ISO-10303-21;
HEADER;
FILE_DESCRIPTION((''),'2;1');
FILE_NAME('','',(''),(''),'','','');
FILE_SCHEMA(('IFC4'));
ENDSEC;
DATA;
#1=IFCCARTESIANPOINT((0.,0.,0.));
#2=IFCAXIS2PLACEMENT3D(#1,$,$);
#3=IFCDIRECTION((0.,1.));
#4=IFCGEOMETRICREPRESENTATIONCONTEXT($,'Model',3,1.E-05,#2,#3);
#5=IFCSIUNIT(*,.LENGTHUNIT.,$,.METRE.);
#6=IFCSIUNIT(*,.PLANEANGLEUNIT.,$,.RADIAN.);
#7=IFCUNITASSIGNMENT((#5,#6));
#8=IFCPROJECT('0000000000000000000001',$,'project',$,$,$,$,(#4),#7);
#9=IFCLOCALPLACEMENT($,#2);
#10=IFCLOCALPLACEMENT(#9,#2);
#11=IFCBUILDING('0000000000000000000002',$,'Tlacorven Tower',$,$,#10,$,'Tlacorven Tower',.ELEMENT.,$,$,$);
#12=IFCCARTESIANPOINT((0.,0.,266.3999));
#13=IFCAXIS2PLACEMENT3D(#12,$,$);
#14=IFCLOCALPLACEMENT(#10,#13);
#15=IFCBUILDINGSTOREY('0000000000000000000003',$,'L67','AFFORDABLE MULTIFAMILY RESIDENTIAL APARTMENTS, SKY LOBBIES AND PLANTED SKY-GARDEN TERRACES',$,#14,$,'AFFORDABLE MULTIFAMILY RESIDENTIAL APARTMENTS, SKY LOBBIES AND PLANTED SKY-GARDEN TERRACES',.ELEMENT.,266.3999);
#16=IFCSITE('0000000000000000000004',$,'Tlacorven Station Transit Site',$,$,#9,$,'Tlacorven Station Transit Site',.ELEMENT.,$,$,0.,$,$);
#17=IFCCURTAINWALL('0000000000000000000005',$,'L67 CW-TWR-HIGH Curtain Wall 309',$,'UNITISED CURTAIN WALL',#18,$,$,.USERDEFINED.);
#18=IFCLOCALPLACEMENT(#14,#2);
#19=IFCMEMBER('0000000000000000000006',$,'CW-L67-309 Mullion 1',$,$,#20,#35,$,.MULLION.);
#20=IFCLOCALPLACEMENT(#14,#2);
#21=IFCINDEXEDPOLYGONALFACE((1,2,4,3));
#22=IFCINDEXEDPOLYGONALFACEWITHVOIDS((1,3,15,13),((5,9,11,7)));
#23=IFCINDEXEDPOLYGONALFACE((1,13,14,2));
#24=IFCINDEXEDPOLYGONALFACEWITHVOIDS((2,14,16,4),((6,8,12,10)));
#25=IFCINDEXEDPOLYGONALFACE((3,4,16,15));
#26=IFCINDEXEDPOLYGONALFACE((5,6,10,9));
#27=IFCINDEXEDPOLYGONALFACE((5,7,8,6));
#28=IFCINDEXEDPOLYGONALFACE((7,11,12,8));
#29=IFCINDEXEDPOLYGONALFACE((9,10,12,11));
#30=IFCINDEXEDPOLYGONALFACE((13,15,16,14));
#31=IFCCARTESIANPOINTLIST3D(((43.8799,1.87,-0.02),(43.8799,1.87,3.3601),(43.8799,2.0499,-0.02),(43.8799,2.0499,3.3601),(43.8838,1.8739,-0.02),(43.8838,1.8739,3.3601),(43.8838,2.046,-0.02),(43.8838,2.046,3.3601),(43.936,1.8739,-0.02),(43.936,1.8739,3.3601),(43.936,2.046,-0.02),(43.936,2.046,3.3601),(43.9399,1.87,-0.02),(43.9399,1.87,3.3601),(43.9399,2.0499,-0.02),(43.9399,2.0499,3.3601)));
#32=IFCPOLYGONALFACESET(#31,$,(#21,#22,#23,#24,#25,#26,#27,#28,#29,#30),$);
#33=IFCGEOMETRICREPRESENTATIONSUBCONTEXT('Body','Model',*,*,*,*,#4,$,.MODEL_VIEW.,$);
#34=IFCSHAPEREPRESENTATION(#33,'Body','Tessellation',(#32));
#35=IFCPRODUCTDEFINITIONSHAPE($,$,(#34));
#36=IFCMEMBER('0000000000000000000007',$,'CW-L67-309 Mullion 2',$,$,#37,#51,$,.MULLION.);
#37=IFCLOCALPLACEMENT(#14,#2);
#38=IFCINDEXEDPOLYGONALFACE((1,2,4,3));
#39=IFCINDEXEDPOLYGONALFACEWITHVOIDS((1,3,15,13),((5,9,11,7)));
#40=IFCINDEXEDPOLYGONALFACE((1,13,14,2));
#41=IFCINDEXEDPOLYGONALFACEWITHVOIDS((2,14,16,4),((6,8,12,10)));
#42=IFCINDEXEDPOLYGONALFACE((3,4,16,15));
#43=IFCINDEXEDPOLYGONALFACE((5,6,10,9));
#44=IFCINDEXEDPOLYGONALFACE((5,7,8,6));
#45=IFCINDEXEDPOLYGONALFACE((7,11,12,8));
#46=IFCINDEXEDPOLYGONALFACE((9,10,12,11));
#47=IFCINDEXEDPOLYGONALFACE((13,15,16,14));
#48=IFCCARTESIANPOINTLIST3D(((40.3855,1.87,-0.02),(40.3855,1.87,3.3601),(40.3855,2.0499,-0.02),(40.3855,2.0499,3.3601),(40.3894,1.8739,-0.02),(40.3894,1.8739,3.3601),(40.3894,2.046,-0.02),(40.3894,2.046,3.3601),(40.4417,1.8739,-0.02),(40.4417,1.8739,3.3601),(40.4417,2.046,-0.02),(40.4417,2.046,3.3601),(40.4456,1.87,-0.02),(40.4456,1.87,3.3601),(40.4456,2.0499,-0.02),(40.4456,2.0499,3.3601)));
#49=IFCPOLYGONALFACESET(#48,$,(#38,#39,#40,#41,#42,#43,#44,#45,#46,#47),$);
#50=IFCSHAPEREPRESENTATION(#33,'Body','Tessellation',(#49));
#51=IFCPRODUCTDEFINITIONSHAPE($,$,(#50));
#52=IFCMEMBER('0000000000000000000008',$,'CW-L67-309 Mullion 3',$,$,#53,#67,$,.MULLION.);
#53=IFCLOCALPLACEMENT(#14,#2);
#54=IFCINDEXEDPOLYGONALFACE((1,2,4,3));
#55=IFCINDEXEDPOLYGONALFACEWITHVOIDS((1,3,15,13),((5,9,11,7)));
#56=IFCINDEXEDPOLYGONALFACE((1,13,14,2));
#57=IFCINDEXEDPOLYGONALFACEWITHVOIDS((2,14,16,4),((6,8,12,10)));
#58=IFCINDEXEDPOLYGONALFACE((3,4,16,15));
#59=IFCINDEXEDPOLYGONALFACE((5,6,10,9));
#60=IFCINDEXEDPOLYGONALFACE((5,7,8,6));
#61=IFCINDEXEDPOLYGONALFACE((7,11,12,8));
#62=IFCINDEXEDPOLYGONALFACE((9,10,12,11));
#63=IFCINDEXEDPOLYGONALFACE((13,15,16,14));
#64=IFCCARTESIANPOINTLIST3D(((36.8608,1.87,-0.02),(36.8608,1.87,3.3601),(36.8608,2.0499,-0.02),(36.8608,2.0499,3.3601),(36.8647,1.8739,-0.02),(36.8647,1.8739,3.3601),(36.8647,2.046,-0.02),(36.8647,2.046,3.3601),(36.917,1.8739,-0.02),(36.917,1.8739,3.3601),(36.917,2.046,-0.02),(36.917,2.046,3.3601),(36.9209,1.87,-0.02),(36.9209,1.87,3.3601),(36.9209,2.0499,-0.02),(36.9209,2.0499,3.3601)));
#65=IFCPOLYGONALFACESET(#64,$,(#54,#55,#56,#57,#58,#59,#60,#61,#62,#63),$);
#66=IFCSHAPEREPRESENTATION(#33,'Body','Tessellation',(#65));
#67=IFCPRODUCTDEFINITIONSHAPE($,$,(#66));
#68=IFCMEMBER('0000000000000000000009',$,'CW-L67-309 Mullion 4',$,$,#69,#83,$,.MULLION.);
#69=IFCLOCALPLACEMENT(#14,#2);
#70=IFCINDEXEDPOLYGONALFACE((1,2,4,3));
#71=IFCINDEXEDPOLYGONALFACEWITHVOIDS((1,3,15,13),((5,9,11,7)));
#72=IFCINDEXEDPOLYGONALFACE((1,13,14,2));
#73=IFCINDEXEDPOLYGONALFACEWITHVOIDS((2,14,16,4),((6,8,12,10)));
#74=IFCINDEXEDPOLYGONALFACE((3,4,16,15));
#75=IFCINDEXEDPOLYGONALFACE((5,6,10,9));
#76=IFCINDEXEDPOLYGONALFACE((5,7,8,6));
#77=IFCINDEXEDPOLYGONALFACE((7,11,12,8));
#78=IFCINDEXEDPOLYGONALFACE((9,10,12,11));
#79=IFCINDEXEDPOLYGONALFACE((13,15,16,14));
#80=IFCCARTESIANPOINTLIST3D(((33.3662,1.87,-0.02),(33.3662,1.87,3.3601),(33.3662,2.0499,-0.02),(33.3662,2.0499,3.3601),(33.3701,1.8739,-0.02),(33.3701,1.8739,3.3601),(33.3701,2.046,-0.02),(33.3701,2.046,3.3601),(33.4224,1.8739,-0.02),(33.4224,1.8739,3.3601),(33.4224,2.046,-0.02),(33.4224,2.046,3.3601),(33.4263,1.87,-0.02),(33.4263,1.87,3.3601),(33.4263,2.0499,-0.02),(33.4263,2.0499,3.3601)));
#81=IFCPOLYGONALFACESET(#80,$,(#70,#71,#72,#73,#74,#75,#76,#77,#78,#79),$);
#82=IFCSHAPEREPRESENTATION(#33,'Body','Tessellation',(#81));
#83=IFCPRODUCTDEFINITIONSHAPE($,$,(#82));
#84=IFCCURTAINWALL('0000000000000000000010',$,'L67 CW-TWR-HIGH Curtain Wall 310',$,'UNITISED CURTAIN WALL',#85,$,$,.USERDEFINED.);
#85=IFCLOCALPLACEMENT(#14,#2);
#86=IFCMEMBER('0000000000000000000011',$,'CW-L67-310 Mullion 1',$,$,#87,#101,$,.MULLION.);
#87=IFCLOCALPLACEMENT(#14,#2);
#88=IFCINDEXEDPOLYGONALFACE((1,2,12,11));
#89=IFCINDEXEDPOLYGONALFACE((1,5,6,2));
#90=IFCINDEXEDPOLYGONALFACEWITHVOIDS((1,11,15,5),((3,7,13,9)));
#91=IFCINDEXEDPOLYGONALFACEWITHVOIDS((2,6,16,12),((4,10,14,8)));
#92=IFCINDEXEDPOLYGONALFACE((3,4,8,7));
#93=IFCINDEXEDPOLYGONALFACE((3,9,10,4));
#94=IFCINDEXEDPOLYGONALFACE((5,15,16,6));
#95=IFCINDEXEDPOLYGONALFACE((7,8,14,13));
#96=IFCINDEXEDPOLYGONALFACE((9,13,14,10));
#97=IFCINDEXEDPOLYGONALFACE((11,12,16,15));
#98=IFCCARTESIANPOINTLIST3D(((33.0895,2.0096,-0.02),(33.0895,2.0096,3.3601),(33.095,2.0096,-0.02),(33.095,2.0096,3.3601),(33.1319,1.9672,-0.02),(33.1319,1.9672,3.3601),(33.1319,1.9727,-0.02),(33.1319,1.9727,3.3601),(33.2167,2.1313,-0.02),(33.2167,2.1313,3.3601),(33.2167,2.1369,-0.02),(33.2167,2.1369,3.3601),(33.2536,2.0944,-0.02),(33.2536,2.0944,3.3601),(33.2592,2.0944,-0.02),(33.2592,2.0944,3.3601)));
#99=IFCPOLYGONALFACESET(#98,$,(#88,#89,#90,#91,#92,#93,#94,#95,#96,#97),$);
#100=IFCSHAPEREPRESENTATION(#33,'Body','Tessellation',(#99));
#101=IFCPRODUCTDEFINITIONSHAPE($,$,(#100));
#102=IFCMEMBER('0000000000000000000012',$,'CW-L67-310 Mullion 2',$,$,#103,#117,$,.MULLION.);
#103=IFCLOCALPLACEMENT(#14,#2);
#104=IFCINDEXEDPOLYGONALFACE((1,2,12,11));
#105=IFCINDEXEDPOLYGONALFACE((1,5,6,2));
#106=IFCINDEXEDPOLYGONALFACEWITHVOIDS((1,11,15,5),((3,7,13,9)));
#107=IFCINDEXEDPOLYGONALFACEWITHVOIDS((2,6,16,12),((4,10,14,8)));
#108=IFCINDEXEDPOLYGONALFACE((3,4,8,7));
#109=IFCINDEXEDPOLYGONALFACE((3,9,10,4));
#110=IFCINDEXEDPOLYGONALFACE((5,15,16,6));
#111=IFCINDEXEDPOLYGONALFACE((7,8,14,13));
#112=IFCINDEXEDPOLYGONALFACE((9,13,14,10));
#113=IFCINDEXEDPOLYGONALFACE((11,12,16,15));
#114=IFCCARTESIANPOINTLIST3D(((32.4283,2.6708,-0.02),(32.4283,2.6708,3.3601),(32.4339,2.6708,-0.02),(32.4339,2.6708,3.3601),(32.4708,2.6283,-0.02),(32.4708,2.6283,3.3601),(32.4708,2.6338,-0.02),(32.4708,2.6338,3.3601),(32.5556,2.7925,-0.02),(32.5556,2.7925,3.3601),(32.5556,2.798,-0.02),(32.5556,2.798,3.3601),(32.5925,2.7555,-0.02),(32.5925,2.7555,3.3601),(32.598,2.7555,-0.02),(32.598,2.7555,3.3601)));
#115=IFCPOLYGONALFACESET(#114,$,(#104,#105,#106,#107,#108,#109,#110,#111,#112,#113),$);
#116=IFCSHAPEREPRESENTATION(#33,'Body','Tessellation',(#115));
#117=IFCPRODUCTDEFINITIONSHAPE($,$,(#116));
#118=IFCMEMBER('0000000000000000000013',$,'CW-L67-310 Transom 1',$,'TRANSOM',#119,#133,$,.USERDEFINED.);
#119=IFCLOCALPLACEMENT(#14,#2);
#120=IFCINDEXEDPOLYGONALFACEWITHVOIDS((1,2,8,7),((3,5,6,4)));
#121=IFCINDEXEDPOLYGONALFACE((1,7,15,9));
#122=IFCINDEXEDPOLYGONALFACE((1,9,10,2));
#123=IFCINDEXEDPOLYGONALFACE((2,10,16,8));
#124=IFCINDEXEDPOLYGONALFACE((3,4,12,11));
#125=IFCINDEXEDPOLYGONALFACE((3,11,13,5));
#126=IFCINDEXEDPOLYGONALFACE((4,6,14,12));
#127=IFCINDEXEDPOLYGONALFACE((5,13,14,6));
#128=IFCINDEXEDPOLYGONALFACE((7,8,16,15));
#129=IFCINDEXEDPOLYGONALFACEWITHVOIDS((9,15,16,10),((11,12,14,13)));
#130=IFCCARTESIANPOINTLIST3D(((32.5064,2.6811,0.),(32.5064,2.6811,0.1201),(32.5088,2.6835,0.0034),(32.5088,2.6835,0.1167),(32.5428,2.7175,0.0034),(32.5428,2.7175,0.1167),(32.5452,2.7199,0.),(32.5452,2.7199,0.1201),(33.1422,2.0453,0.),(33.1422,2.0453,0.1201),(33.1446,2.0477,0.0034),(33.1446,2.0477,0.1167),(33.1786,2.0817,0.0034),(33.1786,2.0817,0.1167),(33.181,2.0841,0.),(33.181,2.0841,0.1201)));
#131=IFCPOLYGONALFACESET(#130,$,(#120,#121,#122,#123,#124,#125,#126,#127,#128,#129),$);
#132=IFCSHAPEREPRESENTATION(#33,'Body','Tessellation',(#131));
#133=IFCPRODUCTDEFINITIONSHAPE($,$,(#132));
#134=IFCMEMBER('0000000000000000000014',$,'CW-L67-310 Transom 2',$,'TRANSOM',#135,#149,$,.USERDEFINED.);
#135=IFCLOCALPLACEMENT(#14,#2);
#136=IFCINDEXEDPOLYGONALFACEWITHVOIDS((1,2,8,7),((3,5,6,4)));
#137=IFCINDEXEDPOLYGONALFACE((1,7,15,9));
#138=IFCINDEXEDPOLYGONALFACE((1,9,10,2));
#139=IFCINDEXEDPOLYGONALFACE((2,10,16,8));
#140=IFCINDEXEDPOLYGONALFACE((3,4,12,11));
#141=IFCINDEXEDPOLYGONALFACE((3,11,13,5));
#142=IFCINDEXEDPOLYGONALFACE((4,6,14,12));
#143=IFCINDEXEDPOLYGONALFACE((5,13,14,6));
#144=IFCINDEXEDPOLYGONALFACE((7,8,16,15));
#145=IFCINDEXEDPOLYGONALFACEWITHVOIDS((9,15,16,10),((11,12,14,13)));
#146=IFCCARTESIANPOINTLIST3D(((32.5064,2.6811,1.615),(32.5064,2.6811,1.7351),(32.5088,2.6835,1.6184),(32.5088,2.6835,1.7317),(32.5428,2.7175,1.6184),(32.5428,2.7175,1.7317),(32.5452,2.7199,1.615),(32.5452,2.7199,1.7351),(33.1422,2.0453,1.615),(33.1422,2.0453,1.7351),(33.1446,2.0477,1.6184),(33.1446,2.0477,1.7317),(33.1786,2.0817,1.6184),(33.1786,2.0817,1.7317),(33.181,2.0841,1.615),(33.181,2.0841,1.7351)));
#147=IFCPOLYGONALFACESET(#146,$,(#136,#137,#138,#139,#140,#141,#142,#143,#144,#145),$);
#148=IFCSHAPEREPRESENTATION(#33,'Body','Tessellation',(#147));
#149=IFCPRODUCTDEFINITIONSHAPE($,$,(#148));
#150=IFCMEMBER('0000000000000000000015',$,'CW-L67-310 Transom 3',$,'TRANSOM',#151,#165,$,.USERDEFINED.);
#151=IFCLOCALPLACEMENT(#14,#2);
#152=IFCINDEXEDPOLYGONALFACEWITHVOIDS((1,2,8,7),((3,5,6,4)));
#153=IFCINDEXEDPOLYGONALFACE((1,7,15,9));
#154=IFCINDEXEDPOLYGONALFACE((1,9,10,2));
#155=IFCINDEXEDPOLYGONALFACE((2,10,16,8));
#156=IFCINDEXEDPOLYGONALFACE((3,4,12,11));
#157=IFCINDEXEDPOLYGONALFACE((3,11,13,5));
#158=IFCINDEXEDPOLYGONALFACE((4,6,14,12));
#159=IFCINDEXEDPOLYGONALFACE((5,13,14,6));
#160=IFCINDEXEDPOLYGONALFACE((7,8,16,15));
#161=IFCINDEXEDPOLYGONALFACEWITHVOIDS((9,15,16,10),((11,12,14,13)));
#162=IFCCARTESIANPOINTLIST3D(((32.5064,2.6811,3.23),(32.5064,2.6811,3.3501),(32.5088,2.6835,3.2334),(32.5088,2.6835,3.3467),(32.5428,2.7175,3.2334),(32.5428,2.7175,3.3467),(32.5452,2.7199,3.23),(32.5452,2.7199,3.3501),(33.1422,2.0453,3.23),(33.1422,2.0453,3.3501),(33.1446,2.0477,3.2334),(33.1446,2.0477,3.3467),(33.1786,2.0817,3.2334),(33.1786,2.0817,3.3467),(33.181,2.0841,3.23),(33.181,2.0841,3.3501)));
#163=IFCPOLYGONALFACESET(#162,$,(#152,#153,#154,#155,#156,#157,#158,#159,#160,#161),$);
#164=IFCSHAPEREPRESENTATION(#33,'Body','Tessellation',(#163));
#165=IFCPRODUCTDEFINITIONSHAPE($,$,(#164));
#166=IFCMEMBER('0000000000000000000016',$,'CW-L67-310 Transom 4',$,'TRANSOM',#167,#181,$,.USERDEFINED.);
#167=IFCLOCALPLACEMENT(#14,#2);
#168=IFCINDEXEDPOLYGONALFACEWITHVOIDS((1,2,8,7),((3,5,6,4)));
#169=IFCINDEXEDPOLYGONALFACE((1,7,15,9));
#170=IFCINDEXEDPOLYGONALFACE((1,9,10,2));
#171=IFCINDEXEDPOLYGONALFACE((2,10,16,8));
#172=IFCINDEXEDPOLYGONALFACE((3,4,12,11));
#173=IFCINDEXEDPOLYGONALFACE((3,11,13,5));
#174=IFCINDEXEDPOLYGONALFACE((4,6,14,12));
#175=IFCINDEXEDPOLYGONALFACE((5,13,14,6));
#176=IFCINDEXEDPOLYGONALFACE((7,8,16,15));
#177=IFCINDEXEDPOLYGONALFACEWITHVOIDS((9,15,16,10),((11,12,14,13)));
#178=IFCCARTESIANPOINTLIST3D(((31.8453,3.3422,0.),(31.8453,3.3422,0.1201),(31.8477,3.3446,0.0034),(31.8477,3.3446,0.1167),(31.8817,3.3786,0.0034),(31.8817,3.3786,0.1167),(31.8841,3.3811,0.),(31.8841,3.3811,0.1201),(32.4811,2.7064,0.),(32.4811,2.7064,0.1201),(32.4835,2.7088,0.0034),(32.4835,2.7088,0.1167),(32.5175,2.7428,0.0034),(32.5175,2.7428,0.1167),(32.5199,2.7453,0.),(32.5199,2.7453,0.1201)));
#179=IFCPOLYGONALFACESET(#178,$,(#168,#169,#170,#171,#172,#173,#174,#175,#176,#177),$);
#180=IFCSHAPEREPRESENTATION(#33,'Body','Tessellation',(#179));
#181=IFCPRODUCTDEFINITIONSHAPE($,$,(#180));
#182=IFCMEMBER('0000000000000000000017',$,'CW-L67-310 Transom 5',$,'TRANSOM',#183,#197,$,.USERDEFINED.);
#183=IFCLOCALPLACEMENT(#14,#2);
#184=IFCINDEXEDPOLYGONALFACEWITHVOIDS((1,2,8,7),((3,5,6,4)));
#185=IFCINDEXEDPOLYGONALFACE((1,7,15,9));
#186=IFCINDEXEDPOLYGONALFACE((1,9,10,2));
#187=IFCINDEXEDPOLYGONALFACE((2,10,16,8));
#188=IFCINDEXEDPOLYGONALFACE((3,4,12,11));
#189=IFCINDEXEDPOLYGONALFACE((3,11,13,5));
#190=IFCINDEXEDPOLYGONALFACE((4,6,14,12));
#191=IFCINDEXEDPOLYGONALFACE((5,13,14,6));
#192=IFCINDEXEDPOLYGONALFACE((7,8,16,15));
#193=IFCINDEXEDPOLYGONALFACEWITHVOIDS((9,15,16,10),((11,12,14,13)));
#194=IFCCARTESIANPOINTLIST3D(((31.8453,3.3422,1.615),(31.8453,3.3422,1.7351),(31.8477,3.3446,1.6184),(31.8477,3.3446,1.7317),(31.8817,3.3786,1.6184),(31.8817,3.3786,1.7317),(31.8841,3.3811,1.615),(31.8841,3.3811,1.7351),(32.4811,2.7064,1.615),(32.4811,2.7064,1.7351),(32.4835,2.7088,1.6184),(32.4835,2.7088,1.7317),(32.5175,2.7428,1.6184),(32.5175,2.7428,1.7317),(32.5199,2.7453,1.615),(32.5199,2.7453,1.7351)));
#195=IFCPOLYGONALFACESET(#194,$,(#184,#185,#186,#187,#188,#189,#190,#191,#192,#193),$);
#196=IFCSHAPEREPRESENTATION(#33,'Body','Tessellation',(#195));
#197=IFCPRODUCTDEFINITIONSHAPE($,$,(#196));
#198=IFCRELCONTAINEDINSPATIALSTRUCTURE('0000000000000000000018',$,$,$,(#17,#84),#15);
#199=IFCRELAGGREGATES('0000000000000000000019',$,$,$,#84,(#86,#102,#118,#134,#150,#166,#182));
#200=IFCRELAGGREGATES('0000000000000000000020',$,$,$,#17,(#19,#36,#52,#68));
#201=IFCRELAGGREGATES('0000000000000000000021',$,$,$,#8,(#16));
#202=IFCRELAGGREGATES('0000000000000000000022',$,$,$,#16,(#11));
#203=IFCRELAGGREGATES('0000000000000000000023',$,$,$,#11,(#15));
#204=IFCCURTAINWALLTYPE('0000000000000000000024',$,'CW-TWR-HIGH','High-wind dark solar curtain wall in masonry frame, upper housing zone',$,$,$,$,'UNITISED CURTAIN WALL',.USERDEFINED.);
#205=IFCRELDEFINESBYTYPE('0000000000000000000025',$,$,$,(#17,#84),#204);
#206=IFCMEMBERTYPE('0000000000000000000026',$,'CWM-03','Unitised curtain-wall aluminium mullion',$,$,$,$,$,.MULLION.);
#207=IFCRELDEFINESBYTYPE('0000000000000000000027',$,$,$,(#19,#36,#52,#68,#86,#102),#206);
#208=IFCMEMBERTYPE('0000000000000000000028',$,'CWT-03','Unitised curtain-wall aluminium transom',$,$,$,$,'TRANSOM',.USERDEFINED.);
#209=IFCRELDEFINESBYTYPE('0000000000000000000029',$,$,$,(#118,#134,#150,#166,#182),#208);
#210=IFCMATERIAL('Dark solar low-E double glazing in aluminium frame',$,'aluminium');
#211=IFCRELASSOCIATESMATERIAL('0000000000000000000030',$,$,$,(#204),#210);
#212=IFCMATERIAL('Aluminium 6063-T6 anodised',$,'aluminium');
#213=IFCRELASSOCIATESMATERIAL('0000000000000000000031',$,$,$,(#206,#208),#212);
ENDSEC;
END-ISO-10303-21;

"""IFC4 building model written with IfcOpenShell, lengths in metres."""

from ifc_helpers import new_model, si_unit, direction, frame, origin, origin_2d, place, context, subcontext, project, spatial, hollow_rectangle, extrude, source, transform, mapped, material, material_profile, profile_set, type_object, element, aggregate, save


model = new_model("IFC4")

# Units and contexts
model_context = context("Model", 3, precision=1e-05, world=origin(), true_north=direction((0.0, 1.0)))
body_context = subcontext(model_context, "Body", "Model", "MODEL_VIEW")
ifc_project = project(units=[si_unit("LENGTHUNIT", "METRE"), si_unit("PLANEANGLEUNIT", "RADIAN")], contexts=[model_context])

# Site, building, storey
site_placement = place(None, origin())
site = spatial("IfcSite", under=ifc_project, at=site_placement, Name="Tlacorven Station Transit Site", LongName="Tlacorven Station Transit Site", CompositionType="ELEMENT", RefElevation=0.0)
building_placement = place(site_placement, origin())
building = spatial("IfcBuilding", under=site, at=building_placement, Name="Tlacorven Tower", LongName="Tlacorven Tower", CompositionType="ELEMENT")
storey_placement = place(building_placement, frame((0.0, 0.0, 266.3999)))
storey = spatial("IfcBuildingStorey", under=building, at=storey_placement, Name="L67", Description="AFFORDABLE MULTIFAMILY RESIDENTIAL APARTMENTS, SKY LOBBIES AND PLANTED SKY-GARDEN TERRACES", LongName="AFFORDABLE MULTIFAMILY RESIDENTIAL APARTMENTS, SKY LOBBIES AND PLANTED SKY-GARDEN TERRACES", CompositionType="ELEMENT", Elevation=266.3999)

# Curtain walls, members
ifc_material_1 = material(Name="Dark solar low-E double glazing in aluminium frame", Category="aluminium")
curtain_wall_type = type_object("IfcCurtainWallType", Name="CW-TWR-HIGH", Description="High-wind dark solar curtain wall in masonry frame, upper housing zone", ElementType="UNITISED CURTAIN WALL", PredefinedType="USERDEFINED", material=ifc_material_1)
curtain_wall_1_placement = place(storey_placement, origin())
curtain_wall_1 = element("IfcCurtainWall", 1, at=curtain_wall_1_placement, inside=storey, type_object=curtain_wall_type, Name="L67 CW-TWR-HIGH Curtain Wall 309", ObjectType="UNITISED CURTAIN WALL", PredefinedType="USERDEFINED")
ifc_material_2 = material(Name="Aluminium 6063-T6 anodised", Category="aluminium")
ifc_material_profile_1 = material_profile(ifc_material_2, hollow_rectangle(XDim=0.0601, YDim=0.1799, WallThickness=0.0039, at=origin_2d()), Name="ALU MULLION 60X180")
ifc_profile_set_1 = profile_set([ifc_material_profile_1], Name="Aluminium 6063-T6 anodised")
member_type_1 = type_object("IfcMemberType", Name="CWM-03", Description="Unitised curtain-wall aluminium mullion", PredefinedType="MULLION", material=ifc_profile_set_1)
shared_shape_1 = source(origin(), body_context, "Body", "SweptSolid", [
    extrude(hollow_rectangle(XDim=0.0601, YDim=0.1799, WallThickness=0.0039, at=origin_2d()), origin(), (0.0, 0.0, 1.0), 3.3801),
])
member_1_placement = place(storey_placement, frame((43.9099, 1.96, -0.02), z_axis=(0.0, 0.0, 1.0), x_axis=(-1.0, 0.0, 0.0)))
member_1 = element("IfcMember", 2, at=member_1_placement, type_object=member_type_1, Name="CW-L67-309 Mullion 1", PredefinedType="MULLION", context=body_context, shape_type="MappedRepresentation", body=[
    mapped(shared_shape_1, transform((0.0, 0.0, 0.0), scale=1.0)),
])
member_2_placement = place(storey_placement, frame((40.4155, 1.96, -0.02), z_axis=(0.0, 0.0, 1.0), x_axis=(-1.0, 0.0, 0.0)))
member_2 = element("IfcMember", 3, at=member_2_placement, type_object=member_type_1, Name="CW-L67-309 Mullion 2", PredefinedType="MULLION", context=body_context, shape_type="MappedRepresentation", body=[
    mapped(shared_shape_1, transform((0.0, 0.0, 0.0), scale=1.0)),
])
member_3_placement = place(storey_placement, frame((36.8909, 1.96, -0.02), z_axis=(0.0, 0.0, 1.0), x_axis=(-1.0, 0.0, 0.0)))
member_3 = element("IfcMember", 4, at=member_3_placement, type_object=member_type_1, Name="CW-L67-309 Mullion 3", PredefinedType="MULLION", context=body_context, shape_type="MappedRepresentation", body=[
    mapped(shared_shape_1, transform((0.0, 0.0, 0.0), scale=1.0)),
])
member_4_placement = place(storey_placement, frame((33.3962, 1.96, -0.02), z_axis=(0.0, 0.0, 1.0), x_axis=(-1.0, 0.0, 0.0)))
member_4 = element("IfcMember", 5, at=member_4_placement, type_object=member_type_1, Name="CW-L67-309 Mullion 4", PredefinedType="MULLION", context=body_context, shape_type="MappedRepresentation", body=[
    mapped(shared_shape_1, transform((0.0, 0.0, 0.0), scale=1.0)),
])
curtain_wall_2_placement = place(storey_placement, origin())
curtain_wall_2 = element("IfcCurtainWall", 6, at=curtain_wall_2_placement, inside=storey, type_object=curtain_wall_type, Name="L67 CW-TWR-HIGH Curtain Wall 310", ObjectType="UNITISED CURTAIN WALL", PredefinedType="USERDEFINED")
member_5_placement = place(storey_placement, frame((33.1743, 2.052, -0.02), z_axis=(0.0, 0.0, 1.0), x_axis=(-0.707107, 0.707107, 0.0)))
member_5 = element("IfcMember", 7, at=member_5_placement, type_object=member_type_1, Name="CW-L67-310 Mullion 1", PredefinedType="MULLION", context=body_context, shape_type="MappedRepresentation", body=[
    mapped(shared_shape_1, transform((0.0, 0.0, 0.0), scale=1.0)),
])
member_6_placement = place(storey_placement, frame((32.5132, 2.7131, -0.02), z_axis=(0.0, 0.0, 1.0), x_axis=(-0.707107, 0.707107, 0.0)))
member_6 = element("IfcMember", 8, at=member_6_placement, type_object=member_type_1, Name="CW-L67-310 Mullion 2", PredefinedType="MULLION", context=body_context, shape_type="MappedRepresentation", body=[
    mapped(shared_shape_1, transform((0.0, 0.0, 0.0), scale=1.0)),
])
ifc_material_profile_2 = material_profile(ifc_material_2, hollow_rectangle(XDim=0.0549, YDim=0.1201, WallThickness=0.0034, at=origin_2d()), Name="ALU TRANSOM 55X120")
ifc_profile_set_2 = profile_set([ifc_material_profile_2], Name="Aluminium 6063-T6 anodised")
member_type_2 = type_object("IfcMemberType", Name="CWT-03", Description="Unitised curtain-wall aluminium transom", ElementType="TRANSOM", PredefinedType="USERDEFINED", material=ifc_profile_set_2)
shared_shape_2 = source(origin(), body_context, "Body", "SweptSolid", [
    extrude(hollow_rectangle(XDim=0.0549, YDim=0.1201, WallThickness=0.0034, at=origin_2d()), origin(), (0.0, 0.0, 1.0), 0.8992),
])
member_7_placement = place(storey_placement, frame((33.1616, 2.0647, 0.0601), z_axis=(-0.707107, 0.707107, 0.0), x_axis=(-0.707107, -0.707107, 0.0)))
member_7 = element("IfcMember", 9, at=member_7_placement, type_object=member_type_2, Name="CW-L67-310 Transom 1", ObjectType="TRANSOM", PredefinedType="USERDEFINED", context=body_context, shape_type="MappedRepresentation", body=[
    mapped(shared_shape_2, transform((0.0, 0.0, 0.0), scale=1.0)),
])
member_8_placement = place(storey_placement, frame((33.1616, 2.0647, 1.675), z_axis=(-0.707107, 0.707107, 0.0), x_axis=(-0.707107, -0.707107, 0.0)))
member_8 = element("IfcMember", 10, at=member_8_placement, type_object=member_type_2, Name="CW-L67-310 Transom 2", ObjectType="TRANSOM", PredefinedType="USERDEFINED", context=body_context, shape_type="MappedRepresentation", body=[
    mapped(shared_shape_2, transform((0.0, 0.0, 0.0), scale=1.0)),
])
member_9_placement = place(storey_placement, frame((33.1616, 2.0647, 3.29), z_axis=(-0.707107, 0.707107, 0.0), x_axis=(-0.707107, -0.707107, 0.0)))
member_9 = element("IfcMember", 11, at=member_9_placement, type_object=member_type_2, Name="CW-L67-310 Transom 3", ObjectType="TRANSOM", PredefinedType="USERDEFINED", context=body_context, shape_type="MappedRepresentation", body=[
    mapped(shared_shape_2, transform((0.0, 0.0, 0.0), scale=1.0)),
])
member_10_placement = place(storey_placement, frame((32.5005, 2.7258, 0.0601), z_axis=(-0.707107, 0.707107, 0.0), x_axis=(-0.707107, -0.707107, 0.0)))
member_10 = element("IfcMember", 12, at=member_10_placement, type_object=member_type_2, Name="CW-L67-310 Transom 4", ObjectType="TRANSOM", PredefinedType="USERDEFINED", context=body_context, shape_type="MappedRepresentation", body=[
    mapped(shared_shape_2, transform((0.0, 0.0, 0.0), scale=1.0)),
])
member_11_placement = place(storey_placement, frame((32.5005, 2.7258, 1.675), z_axis=(-0.707107, 0.707107, 0.0), x_axis=(-0.707107, -0.707107, 0.0)))
member_11 = element("IfcMember", 13, at=member_11_placement, type_object=member_type_2, Name="CW-L67-310 Transom 5", ObjectType="TRANSOM", PredefinedType="USERDEFINED", context=body_context, shape_type="MappedRepresentation", body=[
    mapped(shared_shape_2, transform((0.0, 0.0, 0.0), scale=1.0)),
])

aggregate(curtain_wall_2, [member_5, member_6, member_7, member_8, member_9, member_10, member_11])
aggregate(curtain_wall_1, [member_1, member_2, member_3, member_4])

save(model, "model.ifc")
